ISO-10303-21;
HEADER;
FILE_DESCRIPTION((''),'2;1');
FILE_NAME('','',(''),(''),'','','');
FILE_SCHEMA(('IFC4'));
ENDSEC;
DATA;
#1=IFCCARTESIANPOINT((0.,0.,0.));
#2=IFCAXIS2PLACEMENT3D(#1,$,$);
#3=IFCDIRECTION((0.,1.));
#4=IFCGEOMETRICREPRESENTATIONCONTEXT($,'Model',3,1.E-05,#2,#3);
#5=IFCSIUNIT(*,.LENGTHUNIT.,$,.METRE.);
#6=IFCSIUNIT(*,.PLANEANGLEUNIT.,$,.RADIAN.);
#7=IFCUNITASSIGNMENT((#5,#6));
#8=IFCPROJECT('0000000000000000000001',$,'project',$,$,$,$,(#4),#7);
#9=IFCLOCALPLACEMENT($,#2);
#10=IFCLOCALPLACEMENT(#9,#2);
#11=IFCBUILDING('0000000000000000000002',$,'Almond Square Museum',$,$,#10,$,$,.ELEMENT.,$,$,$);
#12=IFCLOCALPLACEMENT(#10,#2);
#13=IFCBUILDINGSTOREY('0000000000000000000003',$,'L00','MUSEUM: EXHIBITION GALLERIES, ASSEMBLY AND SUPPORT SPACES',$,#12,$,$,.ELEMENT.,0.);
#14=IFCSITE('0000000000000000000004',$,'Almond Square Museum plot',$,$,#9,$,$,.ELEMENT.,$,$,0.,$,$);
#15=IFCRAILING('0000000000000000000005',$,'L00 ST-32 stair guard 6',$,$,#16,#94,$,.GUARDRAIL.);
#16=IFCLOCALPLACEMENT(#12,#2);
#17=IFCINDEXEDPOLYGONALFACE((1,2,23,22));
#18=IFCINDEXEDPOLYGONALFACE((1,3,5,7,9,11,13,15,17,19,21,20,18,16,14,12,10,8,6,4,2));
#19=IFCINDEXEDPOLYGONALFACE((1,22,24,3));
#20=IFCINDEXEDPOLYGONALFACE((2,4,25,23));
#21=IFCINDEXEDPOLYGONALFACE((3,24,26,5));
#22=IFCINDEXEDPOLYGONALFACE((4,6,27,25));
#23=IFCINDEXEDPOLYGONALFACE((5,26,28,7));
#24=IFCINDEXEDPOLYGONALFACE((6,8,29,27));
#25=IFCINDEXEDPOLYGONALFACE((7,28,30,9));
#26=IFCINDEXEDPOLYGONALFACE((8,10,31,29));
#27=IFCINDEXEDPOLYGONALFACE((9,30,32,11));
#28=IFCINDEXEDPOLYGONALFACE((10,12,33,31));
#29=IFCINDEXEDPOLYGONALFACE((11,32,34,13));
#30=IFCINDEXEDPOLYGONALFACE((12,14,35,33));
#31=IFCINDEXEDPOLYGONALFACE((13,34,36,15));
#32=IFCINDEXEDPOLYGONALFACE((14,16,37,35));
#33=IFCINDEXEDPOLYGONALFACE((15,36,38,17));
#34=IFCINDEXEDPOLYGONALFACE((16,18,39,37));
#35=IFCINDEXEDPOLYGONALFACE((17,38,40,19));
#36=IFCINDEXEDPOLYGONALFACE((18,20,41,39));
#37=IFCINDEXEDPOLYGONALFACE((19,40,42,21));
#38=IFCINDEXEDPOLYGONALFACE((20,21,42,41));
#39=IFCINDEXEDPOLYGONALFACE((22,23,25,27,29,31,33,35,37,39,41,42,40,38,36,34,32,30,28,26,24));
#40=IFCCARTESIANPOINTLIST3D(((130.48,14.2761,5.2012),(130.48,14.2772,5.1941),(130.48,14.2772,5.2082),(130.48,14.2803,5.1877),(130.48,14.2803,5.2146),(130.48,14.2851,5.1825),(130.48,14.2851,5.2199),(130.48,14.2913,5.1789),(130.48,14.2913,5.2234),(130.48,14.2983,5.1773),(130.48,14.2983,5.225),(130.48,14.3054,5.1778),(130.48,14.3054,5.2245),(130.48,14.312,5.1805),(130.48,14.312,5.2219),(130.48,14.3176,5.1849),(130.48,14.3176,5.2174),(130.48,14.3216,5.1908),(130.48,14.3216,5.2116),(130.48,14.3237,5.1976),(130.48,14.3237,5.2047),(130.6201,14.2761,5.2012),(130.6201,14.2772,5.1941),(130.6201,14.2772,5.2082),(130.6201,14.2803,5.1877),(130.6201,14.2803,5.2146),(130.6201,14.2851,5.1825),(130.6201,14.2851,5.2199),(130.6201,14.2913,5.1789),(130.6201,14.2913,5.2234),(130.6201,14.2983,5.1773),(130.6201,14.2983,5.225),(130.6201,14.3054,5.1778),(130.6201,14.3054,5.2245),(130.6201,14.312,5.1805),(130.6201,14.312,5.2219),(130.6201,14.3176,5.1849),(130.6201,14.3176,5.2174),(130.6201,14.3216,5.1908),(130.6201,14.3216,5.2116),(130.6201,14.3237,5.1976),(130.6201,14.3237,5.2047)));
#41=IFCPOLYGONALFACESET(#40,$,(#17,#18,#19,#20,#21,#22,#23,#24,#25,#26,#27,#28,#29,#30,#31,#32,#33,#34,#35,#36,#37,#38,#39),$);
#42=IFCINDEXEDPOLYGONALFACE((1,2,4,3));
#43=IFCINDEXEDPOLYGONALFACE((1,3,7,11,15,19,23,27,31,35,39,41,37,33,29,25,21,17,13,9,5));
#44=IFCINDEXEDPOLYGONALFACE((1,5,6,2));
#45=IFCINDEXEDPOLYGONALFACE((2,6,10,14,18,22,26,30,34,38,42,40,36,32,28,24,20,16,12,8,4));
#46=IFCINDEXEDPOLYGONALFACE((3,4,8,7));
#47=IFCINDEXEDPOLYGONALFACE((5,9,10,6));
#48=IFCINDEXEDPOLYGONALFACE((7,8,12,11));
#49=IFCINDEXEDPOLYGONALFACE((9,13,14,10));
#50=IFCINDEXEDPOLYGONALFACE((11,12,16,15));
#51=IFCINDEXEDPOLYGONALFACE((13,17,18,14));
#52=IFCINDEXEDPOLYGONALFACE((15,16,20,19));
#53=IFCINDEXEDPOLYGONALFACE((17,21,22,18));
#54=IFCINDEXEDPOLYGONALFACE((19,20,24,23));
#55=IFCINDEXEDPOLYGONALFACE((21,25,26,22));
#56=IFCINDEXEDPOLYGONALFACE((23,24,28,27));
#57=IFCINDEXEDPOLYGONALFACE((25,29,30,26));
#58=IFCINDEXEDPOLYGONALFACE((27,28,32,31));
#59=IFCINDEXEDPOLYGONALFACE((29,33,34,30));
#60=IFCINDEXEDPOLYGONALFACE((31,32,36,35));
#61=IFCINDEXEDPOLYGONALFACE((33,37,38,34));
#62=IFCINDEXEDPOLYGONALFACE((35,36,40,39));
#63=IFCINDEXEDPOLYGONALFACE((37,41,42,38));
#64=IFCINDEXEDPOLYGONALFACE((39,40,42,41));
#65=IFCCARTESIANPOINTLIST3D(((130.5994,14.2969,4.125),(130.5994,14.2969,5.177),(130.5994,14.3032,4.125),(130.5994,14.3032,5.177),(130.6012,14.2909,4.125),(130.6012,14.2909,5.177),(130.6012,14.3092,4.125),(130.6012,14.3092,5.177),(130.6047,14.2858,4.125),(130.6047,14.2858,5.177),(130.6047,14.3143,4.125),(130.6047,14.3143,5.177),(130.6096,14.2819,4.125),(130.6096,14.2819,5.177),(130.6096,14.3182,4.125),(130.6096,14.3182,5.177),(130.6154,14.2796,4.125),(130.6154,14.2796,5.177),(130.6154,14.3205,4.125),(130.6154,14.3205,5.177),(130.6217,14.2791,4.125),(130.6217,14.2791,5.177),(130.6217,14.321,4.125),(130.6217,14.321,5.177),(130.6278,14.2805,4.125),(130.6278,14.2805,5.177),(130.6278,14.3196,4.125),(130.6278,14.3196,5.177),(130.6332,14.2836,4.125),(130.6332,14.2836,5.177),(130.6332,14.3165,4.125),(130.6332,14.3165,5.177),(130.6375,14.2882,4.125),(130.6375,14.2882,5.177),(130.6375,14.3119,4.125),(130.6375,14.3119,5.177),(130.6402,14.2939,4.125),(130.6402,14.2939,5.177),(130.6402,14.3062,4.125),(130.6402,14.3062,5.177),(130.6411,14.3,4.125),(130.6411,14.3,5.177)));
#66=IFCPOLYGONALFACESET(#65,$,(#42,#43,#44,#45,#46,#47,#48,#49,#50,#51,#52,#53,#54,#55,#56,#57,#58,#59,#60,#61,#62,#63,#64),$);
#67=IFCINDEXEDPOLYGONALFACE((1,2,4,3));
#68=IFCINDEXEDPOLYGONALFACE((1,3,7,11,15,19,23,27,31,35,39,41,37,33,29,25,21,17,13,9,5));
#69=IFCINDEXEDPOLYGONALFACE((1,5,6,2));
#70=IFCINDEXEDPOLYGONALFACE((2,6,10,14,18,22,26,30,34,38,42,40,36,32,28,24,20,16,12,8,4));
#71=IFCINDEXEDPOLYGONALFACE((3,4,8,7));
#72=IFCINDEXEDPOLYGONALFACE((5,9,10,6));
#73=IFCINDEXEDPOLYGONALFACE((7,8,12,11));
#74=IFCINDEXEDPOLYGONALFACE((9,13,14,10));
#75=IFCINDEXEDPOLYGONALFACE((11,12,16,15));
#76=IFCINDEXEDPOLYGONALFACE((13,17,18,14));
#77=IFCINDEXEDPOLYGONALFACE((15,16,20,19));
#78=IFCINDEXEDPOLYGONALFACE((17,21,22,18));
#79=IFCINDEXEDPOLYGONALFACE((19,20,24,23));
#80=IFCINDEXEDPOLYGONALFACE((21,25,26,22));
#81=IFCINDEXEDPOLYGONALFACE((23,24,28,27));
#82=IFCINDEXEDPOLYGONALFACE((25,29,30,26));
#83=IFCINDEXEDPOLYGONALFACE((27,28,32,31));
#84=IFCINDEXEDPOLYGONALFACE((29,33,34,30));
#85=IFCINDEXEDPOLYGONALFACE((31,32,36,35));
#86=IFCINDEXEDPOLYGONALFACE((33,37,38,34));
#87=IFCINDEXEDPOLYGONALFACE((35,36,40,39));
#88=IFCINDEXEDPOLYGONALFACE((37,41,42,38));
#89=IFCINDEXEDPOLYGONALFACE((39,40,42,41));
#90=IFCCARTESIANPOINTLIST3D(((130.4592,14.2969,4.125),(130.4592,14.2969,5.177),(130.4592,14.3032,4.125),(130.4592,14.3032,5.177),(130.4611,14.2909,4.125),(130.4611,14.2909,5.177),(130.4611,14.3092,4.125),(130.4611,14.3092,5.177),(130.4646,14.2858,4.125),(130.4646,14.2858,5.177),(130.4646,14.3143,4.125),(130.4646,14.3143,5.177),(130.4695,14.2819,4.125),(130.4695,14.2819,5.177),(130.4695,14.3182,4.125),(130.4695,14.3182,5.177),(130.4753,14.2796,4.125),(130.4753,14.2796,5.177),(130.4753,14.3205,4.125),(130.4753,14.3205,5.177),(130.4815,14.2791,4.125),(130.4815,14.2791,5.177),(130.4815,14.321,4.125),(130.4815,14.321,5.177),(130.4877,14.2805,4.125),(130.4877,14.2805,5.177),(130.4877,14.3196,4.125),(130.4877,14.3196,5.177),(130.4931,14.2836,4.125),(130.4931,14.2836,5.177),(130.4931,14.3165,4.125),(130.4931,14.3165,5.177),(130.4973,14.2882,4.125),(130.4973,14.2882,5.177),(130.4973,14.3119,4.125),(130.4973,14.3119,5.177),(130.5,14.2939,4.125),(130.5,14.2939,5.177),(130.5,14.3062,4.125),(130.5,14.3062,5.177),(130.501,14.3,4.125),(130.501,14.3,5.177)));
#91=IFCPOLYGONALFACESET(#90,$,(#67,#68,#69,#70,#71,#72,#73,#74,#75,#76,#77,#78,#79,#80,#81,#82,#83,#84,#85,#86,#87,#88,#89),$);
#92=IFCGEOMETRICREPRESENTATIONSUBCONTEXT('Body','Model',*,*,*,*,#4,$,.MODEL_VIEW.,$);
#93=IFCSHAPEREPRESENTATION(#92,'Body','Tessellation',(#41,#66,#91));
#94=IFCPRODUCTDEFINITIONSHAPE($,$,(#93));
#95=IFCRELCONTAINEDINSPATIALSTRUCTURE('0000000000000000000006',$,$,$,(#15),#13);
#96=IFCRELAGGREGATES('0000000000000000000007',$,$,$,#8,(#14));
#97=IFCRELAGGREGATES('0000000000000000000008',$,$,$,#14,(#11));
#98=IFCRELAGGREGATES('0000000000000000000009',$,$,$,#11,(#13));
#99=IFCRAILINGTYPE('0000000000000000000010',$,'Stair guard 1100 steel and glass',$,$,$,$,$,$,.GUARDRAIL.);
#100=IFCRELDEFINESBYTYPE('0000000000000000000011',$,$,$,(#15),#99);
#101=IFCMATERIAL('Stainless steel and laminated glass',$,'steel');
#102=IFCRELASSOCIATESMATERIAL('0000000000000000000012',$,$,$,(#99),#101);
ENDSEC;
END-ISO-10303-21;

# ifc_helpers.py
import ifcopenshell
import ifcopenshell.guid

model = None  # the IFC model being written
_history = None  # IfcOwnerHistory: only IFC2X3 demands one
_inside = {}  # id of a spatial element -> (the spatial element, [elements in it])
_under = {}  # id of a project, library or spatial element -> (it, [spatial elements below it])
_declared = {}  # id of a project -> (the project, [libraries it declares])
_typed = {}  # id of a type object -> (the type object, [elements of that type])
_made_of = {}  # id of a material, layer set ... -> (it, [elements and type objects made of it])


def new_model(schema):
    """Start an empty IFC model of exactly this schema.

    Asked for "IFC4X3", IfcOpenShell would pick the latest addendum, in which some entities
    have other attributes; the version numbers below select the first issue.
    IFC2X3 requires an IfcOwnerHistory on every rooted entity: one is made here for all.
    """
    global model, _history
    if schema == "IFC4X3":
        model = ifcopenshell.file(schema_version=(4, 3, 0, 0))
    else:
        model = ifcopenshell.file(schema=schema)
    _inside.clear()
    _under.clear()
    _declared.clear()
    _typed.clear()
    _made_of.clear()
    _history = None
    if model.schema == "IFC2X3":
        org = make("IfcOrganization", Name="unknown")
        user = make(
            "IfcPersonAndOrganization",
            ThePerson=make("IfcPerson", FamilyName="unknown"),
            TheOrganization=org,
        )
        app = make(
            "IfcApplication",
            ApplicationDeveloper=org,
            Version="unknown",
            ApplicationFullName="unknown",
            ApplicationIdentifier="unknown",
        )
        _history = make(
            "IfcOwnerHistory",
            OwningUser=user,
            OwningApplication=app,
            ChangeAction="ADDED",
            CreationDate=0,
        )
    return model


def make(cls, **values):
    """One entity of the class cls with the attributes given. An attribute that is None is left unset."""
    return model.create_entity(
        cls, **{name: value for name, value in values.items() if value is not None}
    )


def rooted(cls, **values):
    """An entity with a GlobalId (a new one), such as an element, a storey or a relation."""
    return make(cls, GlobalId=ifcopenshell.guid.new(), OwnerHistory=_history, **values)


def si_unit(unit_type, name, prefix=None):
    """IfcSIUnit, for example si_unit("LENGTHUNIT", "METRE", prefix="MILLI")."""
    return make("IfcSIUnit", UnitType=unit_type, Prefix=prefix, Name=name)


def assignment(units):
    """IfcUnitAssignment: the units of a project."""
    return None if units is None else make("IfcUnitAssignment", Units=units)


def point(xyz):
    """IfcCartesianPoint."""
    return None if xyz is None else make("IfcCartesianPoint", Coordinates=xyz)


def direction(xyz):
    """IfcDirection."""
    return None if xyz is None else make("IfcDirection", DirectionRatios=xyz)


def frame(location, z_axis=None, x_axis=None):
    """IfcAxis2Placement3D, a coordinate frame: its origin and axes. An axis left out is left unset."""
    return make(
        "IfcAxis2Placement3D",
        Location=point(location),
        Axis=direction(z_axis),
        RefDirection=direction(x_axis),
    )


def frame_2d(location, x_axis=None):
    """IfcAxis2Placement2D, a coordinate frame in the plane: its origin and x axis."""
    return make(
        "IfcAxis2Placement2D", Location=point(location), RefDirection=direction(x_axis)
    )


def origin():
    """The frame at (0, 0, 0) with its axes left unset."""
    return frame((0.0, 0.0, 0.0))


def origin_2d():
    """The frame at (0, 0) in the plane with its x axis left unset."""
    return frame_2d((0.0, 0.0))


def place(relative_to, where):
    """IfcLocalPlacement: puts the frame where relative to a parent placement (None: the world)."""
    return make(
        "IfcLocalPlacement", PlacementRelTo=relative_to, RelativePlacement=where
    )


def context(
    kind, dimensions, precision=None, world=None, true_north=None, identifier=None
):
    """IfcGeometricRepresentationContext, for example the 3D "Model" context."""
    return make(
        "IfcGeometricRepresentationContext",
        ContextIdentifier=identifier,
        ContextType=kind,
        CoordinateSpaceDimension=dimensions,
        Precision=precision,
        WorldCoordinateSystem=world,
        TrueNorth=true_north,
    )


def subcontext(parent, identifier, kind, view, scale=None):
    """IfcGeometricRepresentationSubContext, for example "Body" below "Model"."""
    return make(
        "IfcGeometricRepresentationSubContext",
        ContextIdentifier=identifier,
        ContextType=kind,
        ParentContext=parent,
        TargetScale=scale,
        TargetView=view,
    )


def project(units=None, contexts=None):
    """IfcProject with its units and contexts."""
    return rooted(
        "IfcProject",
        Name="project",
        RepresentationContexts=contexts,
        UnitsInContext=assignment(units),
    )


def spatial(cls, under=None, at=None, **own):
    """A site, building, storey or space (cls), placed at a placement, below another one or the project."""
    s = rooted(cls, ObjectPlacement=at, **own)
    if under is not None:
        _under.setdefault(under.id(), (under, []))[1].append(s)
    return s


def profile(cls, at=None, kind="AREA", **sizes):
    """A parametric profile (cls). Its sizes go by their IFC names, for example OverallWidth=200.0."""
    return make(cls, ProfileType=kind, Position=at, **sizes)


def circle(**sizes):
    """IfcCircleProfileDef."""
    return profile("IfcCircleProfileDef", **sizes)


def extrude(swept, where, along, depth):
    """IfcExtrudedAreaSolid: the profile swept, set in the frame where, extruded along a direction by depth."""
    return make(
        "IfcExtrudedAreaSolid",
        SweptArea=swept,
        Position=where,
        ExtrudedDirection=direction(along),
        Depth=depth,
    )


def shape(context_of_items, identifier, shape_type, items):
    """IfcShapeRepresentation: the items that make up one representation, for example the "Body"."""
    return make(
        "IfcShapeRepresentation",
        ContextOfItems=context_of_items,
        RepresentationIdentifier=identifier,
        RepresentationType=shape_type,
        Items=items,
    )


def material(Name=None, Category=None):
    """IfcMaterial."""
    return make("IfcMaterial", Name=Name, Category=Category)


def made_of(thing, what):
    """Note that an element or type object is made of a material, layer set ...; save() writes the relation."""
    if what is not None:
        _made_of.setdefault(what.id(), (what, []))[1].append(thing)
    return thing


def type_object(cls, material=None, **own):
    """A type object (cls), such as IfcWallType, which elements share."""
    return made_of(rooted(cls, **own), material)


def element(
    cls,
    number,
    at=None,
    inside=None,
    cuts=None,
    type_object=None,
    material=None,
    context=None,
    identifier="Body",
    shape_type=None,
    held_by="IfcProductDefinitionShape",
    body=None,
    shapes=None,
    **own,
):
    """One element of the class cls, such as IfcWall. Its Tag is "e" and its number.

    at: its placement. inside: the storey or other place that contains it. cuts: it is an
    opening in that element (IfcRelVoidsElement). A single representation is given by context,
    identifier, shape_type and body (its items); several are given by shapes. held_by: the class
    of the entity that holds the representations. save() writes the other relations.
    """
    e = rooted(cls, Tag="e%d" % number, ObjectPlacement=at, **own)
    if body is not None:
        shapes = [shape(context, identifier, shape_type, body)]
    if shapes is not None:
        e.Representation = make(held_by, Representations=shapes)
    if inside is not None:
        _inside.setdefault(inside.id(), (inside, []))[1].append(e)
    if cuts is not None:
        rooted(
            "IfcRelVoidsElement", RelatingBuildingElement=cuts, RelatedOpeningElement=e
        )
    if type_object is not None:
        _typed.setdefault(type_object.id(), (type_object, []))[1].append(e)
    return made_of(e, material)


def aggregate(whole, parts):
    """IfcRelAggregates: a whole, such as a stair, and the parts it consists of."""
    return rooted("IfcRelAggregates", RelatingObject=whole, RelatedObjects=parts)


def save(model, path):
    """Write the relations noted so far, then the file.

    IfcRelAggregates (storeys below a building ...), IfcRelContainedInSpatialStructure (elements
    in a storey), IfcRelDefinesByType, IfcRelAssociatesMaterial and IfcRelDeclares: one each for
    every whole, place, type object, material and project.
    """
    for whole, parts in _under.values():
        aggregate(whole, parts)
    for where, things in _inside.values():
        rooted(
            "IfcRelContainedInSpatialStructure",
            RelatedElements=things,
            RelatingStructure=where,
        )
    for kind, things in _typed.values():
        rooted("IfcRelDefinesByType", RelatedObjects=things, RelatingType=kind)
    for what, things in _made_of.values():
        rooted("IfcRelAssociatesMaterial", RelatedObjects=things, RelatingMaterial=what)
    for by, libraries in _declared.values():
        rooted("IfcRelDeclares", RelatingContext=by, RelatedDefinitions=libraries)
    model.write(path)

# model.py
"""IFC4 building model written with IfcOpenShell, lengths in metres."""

from ifc_helpers import new_model, si_unit, direction, frame, origin, origin_2d, place, context, subcontext, project, spatial, circle, extrude, material, type_object, element, save


model = new_model("IFC4")

# Units and contexts
model_context = context("Model", 3, precision=1e-05, world=origin(), true_north=direction((0.0, 1.0)))
body_context = subcontext(model_context, "Body", "Model", "MODEL_VIEW")
ifc_project = project(units=[si_unit("LENGTHUNIT", "METRE"), si_unit("PLANEANGLEUNIT", "RADIAN")], contexts=[model_context])

# Site, building, storey
site_placement = place(None, origin())
site = spatial("IfcSite", under=ifc_project, at=site_placement, Name="Almond Square Museum plot", CompositionType="ELEMENT", RefElevation=0.0)
building_placement = place(site_placement, origin())
building = spatial("IfcBuilding", under=site, at=building_placement, Name="Almond Square Museum", CompositionType="ELEMENT")
storey_placement = place(building_placement, origin())
storey = spatial("IfcBuildingStorey", under=building, at=storey_placement, Name="L00", Description="MUSEUM: EXHIBITION GALLERIES, ASSEMBLY AND SUPPORT SPACES", CompositionType="ELEMENT", Elevation=0.0)

# Railing
ifc_material_1 = material(Name="Stainless steel and laminated glass", Category="steel")
railing_type_1 = type_object("IfcRailingType", Name="Stair guard 1100 steel and glass", PredefinedType="GUARDRAIL", material=ifc_material_1)
railing_1_placement = place(storey_placement, frame((130.6201, 14.3, 4.125)))
element("IfcRailing", 1, at=railing_1_placement, inside=storey, type_object=railing_type_1, Name="L00 ST-32 stair guard 6", PredefinedType="GUARDRAIL", context=body_context, shape_type="SweptSolid", body=[
    extrude(circle(Radius=0.0239, at=origin_2d()), frame((0.0, 0.0, 1.0762), z_axis=(-1.0, 0.0, 0.0), x_axis=(0.0, -1.0, 0.0)), (0.0, 0.0, 1.0), 0.1401),
    extrude(circle(Radius=0.021, at=origin_2d()), origin(), (0.0, 0.0, 1.0), 1.052),
    extrude(circle(Radius=0.021, at=origin_2d()), frame((-0.1401, 0.0, 0.0)), (0.0, 0.0, 1.0), 1.052),
])

save(model, "model.ifc")
